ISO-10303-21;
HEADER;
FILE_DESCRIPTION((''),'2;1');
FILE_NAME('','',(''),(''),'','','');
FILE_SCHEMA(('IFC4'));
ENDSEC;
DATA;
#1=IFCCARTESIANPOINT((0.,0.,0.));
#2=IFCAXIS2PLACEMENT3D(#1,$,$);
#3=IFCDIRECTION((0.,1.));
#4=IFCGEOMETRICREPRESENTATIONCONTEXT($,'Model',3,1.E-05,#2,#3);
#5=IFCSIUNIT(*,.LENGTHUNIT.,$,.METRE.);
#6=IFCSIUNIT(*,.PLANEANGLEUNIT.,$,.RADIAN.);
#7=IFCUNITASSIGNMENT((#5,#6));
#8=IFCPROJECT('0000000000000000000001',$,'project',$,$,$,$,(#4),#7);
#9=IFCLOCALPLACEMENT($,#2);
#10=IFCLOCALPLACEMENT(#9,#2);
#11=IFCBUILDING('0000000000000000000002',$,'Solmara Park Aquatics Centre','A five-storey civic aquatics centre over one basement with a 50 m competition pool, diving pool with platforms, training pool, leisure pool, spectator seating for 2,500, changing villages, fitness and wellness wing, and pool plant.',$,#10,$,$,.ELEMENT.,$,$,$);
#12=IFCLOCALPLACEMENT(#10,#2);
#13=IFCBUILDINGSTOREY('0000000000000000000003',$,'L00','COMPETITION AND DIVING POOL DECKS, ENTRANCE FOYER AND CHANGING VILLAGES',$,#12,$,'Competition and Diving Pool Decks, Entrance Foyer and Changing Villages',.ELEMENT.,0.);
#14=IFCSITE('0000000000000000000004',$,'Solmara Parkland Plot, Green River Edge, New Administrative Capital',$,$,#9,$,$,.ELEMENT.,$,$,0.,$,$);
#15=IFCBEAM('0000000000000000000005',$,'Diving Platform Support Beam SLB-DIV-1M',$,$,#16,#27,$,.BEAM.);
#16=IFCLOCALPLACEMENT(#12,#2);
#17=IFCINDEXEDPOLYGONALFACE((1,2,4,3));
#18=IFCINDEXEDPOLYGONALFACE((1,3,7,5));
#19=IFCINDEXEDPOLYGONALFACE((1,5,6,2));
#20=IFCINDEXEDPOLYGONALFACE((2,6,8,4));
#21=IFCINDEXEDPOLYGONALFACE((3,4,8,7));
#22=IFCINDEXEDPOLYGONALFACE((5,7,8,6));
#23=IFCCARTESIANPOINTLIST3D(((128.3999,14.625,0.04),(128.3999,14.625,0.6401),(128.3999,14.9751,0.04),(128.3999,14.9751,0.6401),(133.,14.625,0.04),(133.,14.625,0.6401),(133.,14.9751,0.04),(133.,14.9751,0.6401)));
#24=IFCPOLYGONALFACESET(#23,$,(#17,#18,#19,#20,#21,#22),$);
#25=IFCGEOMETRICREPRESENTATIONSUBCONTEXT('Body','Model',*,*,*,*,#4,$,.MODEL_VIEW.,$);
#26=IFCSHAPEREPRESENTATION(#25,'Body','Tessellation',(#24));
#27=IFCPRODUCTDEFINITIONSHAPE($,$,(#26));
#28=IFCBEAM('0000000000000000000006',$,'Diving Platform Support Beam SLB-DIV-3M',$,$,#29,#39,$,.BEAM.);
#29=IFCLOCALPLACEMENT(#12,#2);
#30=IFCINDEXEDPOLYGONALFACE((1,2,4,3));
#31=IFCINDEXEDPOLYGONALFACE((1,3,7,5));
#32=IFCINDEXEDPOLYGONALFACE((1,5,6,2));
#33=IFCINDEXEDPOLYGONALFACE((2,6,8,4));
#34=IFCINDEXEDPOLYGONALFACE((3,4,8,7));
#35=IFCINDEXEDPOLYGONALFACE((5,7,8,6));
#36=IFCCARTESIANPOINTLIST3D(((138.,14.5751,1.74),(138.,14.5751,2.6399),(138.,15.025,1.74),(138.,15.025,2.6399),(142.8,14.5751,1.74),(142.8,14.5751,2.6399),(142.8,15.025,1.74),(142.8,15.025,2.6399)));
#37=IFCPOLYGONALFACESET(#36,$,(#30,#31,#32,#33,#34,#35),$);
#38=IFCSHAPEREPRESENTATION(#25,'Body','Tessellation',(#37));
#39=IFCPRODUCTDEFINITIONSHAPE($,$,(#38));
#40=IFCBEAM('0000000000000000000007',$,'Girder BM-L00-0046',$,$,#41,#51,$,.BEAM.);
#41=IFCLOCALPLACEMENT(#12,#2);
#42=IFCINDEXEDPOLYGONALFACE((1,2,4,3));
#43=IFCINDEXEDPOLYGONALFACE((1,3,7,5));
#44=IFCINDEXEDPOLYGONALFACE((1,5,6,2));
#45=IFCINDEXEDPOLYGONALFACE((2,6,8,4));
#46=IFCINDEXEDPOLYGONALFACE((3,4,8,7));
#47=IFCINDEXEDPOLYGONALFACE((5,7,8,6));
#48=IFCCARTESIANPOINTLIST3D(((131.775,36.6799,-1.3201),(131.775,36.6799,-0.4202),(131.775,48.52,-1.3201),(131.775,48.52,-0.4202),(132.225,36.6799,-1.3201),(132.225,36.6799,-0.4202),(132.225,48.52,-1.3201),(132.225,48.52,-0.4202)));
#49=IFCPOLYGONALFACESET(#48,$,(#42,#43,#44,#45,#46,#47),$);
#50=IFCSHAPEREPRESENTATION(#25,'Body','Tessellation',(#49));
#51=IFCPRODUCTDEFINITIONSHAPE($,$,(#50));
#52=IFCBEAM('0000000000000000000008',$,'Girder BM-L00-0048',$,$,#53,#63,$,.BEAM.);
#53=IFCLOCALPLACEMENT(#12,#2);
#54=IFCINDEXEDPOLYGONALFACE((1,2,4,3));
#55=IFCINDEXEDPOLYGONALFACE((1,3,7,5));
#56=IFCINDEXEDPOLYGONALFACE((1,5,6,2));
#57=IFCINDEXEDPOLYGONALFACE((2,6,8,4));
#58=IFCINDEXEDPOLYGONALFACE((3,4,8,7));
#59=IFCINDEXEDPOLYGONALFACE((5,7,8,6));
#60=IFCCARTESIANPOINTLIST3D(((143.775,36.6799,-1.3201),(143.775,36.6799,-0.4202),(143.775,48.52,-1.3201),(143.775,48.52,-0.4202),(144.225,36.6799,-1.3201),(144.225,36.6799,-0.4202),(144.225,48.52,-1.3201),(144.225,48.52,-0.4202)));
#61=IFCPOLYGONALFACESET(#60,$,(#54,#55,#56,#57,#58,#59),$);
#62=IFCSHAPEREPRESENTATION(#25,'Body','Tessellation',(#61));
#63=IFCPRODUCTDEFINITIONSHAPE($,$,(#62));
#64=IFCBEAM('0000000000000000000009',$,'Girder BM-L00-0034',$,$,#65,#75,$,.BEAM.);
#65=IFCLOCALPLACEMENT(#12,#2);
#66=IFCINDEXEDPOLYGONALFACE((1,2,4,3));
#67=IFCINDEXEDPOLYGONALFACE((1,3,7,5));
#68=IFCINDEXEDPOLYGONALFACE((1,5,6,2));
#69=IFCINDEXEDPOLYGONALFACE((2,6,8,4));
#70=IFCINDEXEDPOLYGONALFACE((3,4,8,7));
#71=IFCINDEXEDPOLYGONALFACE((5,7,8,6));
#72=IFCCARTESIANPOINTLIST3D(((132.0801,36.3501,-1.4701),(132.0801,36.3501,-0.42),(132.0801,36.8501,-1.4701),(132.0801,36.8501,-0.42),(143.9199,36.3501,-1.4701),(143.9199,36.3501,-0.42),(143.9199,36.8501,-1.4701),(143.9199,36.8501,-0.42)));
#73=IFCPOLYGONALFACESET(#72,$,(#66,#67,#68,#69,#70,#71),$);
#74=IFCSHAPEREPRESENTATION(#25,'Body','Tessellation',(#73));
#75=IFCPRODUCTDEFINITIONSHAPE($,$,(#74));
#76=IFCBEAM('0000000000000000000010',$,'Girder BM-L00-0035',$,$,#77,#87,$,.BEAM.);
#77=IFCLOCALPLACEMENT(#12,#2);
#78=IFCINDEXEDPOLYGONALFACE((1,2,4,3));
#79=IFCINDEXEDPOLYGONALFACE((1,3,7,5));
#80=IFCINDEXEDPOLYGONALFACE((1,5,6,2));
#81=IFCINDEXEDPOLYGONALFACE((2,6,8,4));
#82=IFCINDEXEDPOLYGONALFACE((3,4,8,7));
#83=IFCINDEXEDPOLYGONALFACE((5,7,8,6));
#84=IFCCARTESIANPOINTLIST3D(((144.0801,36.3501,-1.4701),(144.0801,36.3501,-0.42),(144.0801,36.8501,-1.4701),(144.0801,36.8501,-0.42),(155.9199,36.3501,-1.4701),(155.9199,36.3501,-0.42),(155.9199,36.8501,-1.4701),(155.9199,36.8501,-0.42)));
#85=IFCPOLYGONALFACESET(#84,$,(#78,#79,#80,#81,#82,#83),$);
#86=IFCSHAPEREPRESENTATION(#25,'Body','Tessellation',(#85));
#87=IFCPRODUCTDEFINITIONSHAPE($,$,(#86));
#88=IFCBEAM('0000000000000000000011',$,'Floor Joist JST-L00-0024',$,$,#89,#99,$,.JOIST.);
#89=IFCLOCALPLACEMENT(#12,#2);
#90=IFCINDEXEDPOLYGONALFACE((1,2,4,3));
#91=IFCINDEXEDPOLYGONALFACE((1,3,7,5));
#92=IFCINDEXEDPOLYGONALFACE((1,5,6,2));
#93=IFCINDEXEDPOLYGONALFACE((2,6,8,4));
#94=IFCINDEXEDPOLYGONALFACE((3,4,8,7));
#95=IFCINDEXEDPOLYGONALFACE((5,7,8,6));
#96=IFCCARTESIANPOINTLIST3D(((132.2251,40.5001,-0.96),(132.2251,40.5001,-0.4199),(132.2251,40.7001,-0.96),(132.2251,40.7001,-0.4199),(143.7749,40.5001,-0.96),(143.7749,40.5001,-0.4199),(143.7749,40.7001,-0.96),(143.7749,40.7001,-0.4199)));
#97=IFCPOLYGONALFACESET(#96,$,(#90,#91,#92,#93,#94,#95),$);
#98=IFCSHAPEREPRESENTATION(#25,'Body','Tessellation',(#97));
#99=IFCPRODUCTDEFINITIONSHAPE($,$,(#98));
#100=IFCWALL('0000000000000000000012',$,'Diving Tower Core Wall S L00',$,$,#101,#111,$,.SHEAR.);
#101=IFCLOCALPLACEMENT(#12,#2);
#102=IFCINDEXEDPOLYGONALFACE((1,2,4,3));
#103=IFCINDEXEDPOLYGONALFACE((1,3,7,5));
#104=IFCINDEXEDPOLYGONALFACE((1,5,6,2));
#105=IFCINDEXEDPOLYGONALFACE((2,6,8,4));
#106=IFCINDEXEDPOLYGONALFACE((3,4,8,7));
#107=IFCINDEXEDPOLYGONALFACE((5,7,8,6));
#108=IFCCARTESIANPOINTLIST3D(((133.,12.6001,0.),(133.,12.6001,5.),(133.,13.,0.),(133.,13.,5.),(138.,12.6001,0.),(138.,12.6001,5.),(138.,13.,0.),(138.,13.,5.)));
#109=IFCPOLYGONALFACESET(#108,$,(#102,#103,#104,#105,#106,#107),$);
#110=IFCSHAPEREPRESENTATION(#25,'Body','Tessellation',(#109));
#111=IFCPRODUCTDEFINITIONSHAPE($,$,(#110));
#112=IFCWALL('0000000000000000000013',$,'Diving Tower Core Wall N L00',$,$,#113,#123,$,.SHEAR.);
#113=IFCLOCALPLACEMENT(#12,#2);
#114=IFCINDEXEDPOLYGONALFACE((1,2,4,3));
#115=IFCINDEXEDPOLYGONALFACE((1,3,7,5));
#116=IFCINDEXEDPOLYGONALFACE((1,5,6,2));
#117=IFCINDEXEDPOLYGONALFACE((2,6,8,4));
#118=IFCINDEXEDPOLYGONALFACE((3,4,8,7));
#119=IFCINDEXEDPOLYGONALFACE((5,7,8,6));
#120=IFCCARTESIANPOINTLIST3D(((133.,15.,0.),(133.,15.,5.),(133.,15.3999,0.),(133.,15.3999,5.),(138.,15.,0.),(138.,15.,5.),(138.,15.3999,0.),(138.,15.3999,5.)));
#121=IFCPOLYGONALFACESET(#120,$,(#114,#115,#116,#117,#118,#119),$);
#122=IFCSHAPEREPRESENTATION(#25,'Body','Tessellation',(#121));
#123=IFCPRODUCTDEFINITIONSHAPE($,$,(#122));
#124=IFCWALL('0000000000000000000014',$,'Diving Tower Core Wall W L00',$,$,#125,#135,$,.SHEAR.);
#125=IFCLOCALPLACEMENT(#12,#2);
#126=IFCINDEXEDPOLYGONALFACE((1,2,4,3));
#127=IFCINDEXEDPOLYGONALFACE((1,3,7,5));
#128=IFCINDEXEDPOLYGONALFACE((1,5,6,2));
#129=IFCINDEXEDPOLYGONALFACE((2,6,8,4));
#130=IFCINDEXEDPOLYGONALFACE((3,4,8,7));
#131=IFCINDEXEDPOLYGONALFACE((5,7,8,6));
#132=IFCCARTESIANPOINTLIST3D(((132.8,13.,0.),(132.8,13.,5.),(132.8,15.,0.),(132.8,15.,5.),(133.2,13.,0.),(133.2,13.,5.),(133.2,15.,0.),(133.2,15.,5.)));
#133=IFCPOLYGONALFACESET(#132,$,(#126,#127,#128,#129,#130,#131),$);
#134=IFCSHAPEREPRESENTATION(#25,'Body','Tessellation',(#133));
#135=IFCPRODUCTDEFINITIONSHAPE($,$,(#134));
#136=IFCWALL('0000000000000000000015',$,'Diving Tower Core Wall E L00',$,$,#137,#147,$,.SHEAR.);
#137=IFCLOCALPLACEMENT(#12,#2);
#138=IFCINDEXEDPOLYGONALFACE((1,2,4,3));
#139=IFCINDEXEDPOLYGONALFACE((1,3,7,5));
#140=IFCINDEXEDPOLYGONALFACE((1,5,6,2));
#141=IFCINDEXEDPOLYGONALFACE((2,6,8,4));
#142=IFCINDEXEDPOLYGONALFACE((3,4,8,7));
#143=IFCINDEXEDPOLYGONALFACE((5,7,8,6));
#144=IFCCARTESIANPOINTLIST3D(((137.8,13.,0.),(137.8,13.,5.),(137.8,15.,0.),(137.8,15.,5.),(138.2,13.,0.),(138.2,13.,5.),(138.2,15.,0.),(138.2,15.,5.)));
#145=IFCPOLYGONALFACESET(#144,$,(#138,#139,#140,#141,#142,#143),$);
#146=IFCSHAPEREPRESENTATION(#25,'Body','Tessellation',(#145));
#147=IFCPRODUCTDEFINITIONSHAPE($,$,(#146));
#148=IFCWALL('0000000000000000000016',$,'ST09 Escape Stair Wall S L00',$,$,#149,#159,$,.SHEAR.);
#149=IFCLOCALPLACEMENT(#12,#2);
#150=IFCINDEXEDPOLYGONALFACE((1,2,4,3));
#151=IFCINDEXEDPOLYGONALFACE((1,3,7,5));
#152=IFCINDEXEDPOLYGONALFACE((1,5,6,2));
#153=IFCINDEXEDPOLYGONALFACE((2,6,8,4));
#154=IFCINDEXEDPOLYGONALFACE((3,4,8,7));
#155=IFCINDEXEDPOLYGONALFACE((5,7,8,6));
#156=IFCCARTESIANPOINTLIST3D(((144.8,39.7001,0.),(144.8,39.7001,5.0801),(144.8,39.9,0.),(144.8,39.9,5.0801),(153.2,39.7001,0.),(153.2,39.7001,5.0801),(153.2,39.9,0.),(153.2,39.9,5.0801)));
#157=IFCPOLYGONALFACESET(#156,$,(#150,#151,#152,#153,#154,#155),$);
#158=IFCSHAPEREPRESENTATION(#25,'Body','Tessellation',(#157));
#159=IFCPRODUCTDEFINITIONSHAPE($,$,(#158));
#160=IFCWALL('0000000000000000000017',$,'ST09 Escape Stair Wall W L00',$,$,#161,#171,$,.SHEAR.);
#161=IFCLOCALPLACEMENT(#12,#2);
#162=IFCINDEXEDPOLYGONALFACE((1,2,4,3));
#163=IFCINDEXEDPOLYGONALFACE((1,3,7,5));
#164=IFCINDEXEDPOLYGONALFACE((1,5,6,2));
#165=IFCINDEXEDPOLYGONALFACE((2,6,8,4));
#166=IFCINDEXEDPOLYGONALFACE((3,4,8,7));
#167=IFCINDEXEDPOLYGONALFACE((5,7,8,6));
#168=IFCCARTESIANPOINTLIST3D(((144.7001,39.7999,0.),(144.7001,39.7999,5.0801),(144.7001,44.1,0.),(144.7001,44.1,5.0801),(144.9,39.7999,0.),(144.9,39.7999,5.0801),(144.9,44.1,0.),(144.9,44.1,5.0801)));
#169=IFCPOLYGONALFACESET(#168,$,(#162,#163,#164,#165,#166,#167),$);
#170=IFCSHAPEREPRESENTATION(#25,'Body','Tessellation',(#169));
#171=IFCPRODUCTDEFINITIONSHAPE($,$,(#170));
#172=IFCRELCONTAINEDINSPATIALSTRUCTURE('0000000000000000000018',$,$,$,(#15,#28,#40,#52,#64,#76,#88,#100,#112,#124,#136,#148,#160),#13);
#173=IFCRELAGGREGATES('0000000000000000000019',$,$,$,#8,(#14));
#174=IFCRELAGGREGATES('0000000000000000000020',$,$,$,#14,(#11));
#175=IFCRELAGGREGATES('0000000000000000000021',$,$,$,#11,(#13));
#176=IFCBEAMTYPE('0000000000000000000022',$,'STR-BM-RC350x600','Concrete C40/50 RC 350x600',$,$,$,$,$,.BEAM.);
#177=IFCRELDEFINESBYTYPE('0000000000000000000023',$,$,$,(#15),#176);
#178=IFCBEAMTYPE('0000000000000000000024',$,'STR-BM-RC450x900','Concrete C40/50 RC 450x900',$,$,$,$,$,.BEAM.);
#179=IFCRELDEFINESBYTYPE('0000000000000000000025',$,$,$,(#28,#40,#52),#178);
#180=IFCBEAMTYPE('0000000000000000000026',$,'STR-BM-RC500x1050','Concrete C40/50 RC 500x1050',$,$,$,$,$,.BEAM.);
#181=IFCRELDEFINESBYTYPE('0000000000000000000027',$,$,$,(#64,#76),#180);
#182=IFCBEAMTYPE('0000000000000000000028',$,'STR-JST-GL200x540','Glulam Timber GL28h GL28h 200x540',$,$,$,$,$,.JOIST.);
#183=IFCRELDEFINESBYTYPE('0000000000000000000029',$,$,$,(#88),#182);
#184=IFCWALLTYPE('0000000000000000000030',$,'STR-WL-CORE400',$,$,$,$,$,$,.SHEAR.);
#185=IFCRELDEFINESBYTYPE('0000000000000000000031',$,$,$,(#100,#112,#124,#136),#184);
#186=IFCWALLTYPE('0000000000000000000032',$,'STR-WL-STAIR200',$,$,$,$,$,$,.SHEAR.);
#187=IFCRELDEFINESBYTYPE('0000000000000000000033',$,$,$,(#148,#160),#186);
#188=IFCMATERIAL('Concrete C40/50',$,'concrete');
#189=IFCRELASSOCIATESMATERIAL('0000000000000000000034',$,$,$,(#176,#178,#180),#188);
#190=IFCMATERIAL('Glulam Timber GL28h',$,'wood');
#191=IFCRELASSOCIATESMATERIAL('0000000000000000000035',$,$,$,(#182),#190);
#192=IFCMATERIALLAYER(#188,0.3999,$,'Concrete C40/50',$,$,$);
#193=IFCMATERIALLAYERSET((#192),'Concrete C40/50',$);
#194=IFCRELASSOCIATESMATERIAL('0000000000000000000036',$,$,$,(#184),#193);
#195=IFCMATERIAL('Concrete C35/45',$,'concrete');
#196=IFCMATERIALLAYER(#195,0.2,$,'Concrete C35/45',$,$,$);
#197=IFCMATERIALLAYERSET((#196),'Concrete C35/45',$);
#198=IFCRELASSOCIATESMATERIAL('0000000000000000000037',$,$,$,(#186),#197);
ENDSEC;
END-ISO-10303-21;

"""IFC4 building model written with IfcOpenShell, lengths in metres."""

from ifc_helpers import new_model, si_unit, direction, frame, frame_2d, origin, origin_2d, place, context, subcontext, project, spatial, rectangle, extrude, material, layer, layer_set, material_profile, profile_set, type_object, element, save


model = new_model("IFC4")

# Units and contexts
model_context = context("Model", 3, precision=1e-05, world=origin(), true_north=direction((0.0, 1.0)))
body_context = subcontext(model_context, "Body", "Model", "MODEL_VIEW")
ifc_project = project(units=[si_unit("LENGTHUNIT", "METRE"), si_unit("PLANEANGLEUNIT", "RADIAN")], contexts=[model_context])

# Site, building, storey
site_placement = place(None, origin())
site = spatial("IfcSite", under=ifc_project, at=site_placement, Name="Solmara Parkland Plot, Green River Edge, New Administrative Capital", CompositionType="ELEMENT", RefElevation=0.0)
building_placement = place(site_placement, origin())
building = spatial("IfcBuilding", under=site, at=building_placement, Name="Solmara Park Aquatics Centre", Description="A five-storey civic aquatics centre over one basement with a 50 m competition pool, diving pool with platforms, training pool, leisure pool, spectator seating for 2,500, changing villages, fitness and wellness wing, and pool plant.", CompositionType="ELEMENT")
storey_placement = place(building_placement, origin())
storey = spatial("IfcBuildingStorey", under=building, at=storey_placement, Name="L00", Description="COMPETITION AND DIVING POOL DECKS, ENTRANCE FOYER AND CHANGING VILLAGES", LongName="Competition and Diving Pool Decks, Entrance Foyer and Changing Villages", CompositionType="ELEMENT", Elevation=0.0)

# Shared definitions
ifc_material_1 = material(Name="Concrete C40/50", Category="concrete")

# Beams
ifc_material_profile_1 = material_profile(ifc_material_1, rectangle(XDim=0.3501, YDim=0.6001, at=origin_2d()), Name="RC 350x600")
ifc_profile_set_1 = profile_set([ifc_material_profile_1], Name="Concrete C40/50")
beam_type_1 = type_object("IfcBeamType", Name="STR-BM-RC350x600", Description="Concrete C40/50 RC 350x600", PredefinedType="BEAM", material=ifc_profile_set_1)
beam_1_placement = place(storey_placement, frame((128.3999, 14.8, 0.3401), z_axis=(1.0, 0.0, 0.0), x_axis=(0.0, 1.0, 0.0)))
element("IfcBeam", 1, at=beam_1_placement, inside=storey, type_object=beam_type_1, Name="Diving Platform Support Beam SLB-DIV-1M", PredefinedType="BEAM", context=body_context, shape_type="SweptSolid", body=[
    extrude(rectangle(XDim=0.3501, YDim=0.6001, at=origin_2d()), origin(), (0.0, 0.0, 1.0), 4.6001),
])
ifc_material_profile_2 = material_profile(ifc_material_1, rectangle(XDim=0.45, YDim=0.8999, at=origin_2d()), Name="RC 450x900")
ifc_profile_set_2 = profile_set([ifc_material_profile_2], Name="Concrete C40/50")
beam_type_2 = type_object("IfcBeamType", Name="STR-BM-RC450x900", Description="Concrete C40/50 RC 450x900", PredefinedType="BEAM", material=ifc_profile_set_2)
beam_2_placement = place(storey_placement, frame((138.0, 14.8, 2.1899), z_axis=(1.0, 0.0, 0.0), x_axis=(0.0, 1.0, 0.0)))
element("IfcBeam", 2, at=beam_2_placement, inside=storey, type_object=beam_type_2, Name="Diving Platform Support Beam SLB-DIV-3M", PredefinedType="BEAM", context=body_context, shape_type="SweptSolid", body=[
    extrude(rectangle(XDim=0.45, YDim=0.8999, at=origin_2d()), origin(), (0.0, 0.0, 1.0), 4.8),
])
for number, where, z_axis, x_axis, name in (
    (3, (132.0, 36.6799, -0.8701), (0.0, 1.0, 0.0), (-1.0, 0.0, 0.0), "Girder BM-L00-0046"),
    (4, (144.0, 36.6799, -0.8701), (0.0, 1.0, 0.0), (-1.0, 0.0, 0.0), "Girder BM-L00-0048"),
):
    element("IfcBeam", number, at=place(storey_placement, frame(where, z_axis=z_axis, x_axis=x_axis)), inside=storey, type_object=beam_type_2, Name=name, PredefinedType="BEAM", context=body_context, shape_type="SweptSolid", body=[
        extrude(rectangle(XDim=0.45, YDim=0.8999, at=origin_2d()), origin(), (0.0, 0.0, 1.0), 11.8401),
    ])
ifc_material_profile_3 = material_profile(ifc_material_1, rectangle(XDim=0.5, YDim=1.05, at=origin_2d()), Name="RC 500x1050")
ifc_profile_set_3 = profile_set([ifc_material_profile_3], Name="Concrete C40/50")
beam_type_3 = type_object("IfcBeamType", Name="STR-BM-RC500x1050", Description="Concrete C40/50 RC 500x1050", PredefinedType="BEAM", material=ifc_profile_set_3)
for number, where, z_axis, x_axis, name in (
    (5, (132.0801, 36.6001, -0.9451), (1.0, 0.0, 0.0), (0.0, 1.0, 0.0), "Girder BM-L00-0034"),
    (6, (144.0801, 36.6001, -0.9451), (1.0, 0.0, 0.0), (0.0, 1.0, 0.0), "Girder BM-L00-0035"),
):
    element("IfcBeam", number, at=place(storey_placement, frame(where, z_axis=z_axis, x_axis=x_axis)), inside=storey, type_object=beam_type_3, Name=name, PredefinedType="BEAM", context=body_context, shape_type="SweptSolid", body=[
        extrude(rectangle(XDim=0.5, YDim=1.05, at=origin_2d()), origin(), (0.0, 0.0, 1.0), 11.8398),
    ])
ifc_material_2 = material(Name="Glulam Timber GL28h", Category="wood")
ifc_material_profile_4 = material_profile(ifc_material_2, rectangle(XDim=0.2, YDim=0.54, at=origin_2d()), Name="GL28h 200x540")
ifc_profile_set_4 = profile_set([ifc_material_profile_4], Name="Glulam Timber GL28h")
beam_type_4 = type_object("IfcBeamType", Name="STR-JST-GL200x540", Description="Glulam Timber GL28h GL28h 200x540", PredefinedType="JOIST", material=ifc_profile_set_4)
beam_3_placement = place(storey_placement, frame((132.2251, 40.6001, -0.6899), z_axis=(1.0, 0.0, 0.0), x_axis=(0.0, 1.0, 0.0)))
element("IfcBeam", 7, at=beam_3_placement, inside=storey, type_object=beam_type_4, Name="Floor Joist JST-L00-0024", PredefinedType="JOIST", context=body_context, shape_type="SweptSolid", body=[
    extrude(rectangle(XDim=0.2, YDim=0.54, at=origin_2d()), origin(), (0.0, 0.0, 1.0), 11.5498),
])

# Walls
ifc_layer_1 = layer(ifc_material_1, 0.3999, Name="Concrete C40/50")
ifc_layer_set_1 = layer_set([ifc_layer_1], Name="Concrete C40/50")
wall_type_1 = type_object("IfcWallType", Name="STR-WL-CORE400", PredefinedType="SHEAR", material=ifc_layer_set_1)
for number, where, z_axis, x_axis, name in (
    (8, (133.0, 12.8, 0.0), (0.0, 0.0, 1.0), (1.0, 0.0, 0.0), "Diving Tower Core Wall S L00"),
    (9, (133.0, 15.2, 0.0), (0.0, 0.0, 1.0), (1.0, 0.0, 0.0), "Diving Tower Core Wall N L00"),
):
    element("IfcWall", number, at=place(storey_placement, frame(where, z_axis=z_axis, x_axis=x_axis)), inside=storey, type_object=wall_type_1, Name=name, PredefinedType="SHEAR", context=body_context, shape_type="SweptSolid", body=[
        extrude(rectangle(XDim=5.0, YDim=0.3999, at=frame_2d((2.5, 0.0))), origin(), (0.0, 0.0, 1.0), 5.0),
    ])
for number, where, z_axis, x_axis, name in (
    (10, (133.0, 13.0, 0.0), (0.0, 0.0, 1.0), (0.0, 1.0, 0.0), "Diving Tower Core Wall W L00"),
    (11, (138.0, 13.0, 0.0), (0.0, 0.0, 1.0), (0.0, 1.0, 0.0), "Diving Tower Core Wall E L00"),
):
    element("IfcWall", number, at=place(storey_placement, frame(where, z_axis=z_axis, x_axis=x_axis)), inside=storey, type_object=wall_type_1, Name=name, PredefinedType="SHEAR", context=body_context, shape_type="SweptSolid", body=[
        extrude(rectangle(XDim=2.0, YDim=0.3999, at=frame_2d((1.0, 0.0))), origin(), (0.0, 0.0, 1.0), 5.0),
    ])
ifc_material_3 = material(Name="Concrete C35/45", Category="concrete")
ifc_layer_2 = layer(ifc_material_3, 0.2, Name="Concrete C35/45")
ifc_layer_set_2 = layer_set([ifc_layer_2], Name="Concrete C35/45")
wall_type_2 = type_object("IfcWallType", Name="STR-WL-STAIR200", PredefinedType="SHEAR", material=ifc_layer_set_2)
wall_1_placement = place(storey_placement, frame((144.8, 39.8, 0.0), z_axis=(0.0, 0.0, 1.0), x_axis=(1.0, 0.0, 0.0)))
element("IfcWall", 12, at=wall_1_placement, inside=storey, type_object=wall_type_2, Name="ST09 Escape Stair Wall S L00", PredefinedType="SHEAR", context=body_context, shape_type="SweptSolid", body=[
    extrude(rectangle(XDim=8.3999, YDim=0.2, at=frame_2d((4.2, 0.0))), origin(), (0.0, 0.0, 1.0), 5.0801),
])
wall_2_placement = place(storey_placement, frame((144.8, 39.8, 0.0), z_axis=(0.0, 0.0, 1.0), x_axis=(0.0, 1.0, 0.0)))
element("IfcWall", 13, at=wall_2_placement, inside=storey, type_object=wall_type_2, Name="ST09 Escape Stair Wall W L00", PredefinedType="SHEAR", context=body_context, shape_type="SweptSolid", body=[
    extrude(rectangle(XDim=4.3, YDim=0.2, at=frame_2d((2.1499, 0.0))), origin(), (0.0, 0.0, 1.0), 5.0801),
])

save(model, "model.ifc")
